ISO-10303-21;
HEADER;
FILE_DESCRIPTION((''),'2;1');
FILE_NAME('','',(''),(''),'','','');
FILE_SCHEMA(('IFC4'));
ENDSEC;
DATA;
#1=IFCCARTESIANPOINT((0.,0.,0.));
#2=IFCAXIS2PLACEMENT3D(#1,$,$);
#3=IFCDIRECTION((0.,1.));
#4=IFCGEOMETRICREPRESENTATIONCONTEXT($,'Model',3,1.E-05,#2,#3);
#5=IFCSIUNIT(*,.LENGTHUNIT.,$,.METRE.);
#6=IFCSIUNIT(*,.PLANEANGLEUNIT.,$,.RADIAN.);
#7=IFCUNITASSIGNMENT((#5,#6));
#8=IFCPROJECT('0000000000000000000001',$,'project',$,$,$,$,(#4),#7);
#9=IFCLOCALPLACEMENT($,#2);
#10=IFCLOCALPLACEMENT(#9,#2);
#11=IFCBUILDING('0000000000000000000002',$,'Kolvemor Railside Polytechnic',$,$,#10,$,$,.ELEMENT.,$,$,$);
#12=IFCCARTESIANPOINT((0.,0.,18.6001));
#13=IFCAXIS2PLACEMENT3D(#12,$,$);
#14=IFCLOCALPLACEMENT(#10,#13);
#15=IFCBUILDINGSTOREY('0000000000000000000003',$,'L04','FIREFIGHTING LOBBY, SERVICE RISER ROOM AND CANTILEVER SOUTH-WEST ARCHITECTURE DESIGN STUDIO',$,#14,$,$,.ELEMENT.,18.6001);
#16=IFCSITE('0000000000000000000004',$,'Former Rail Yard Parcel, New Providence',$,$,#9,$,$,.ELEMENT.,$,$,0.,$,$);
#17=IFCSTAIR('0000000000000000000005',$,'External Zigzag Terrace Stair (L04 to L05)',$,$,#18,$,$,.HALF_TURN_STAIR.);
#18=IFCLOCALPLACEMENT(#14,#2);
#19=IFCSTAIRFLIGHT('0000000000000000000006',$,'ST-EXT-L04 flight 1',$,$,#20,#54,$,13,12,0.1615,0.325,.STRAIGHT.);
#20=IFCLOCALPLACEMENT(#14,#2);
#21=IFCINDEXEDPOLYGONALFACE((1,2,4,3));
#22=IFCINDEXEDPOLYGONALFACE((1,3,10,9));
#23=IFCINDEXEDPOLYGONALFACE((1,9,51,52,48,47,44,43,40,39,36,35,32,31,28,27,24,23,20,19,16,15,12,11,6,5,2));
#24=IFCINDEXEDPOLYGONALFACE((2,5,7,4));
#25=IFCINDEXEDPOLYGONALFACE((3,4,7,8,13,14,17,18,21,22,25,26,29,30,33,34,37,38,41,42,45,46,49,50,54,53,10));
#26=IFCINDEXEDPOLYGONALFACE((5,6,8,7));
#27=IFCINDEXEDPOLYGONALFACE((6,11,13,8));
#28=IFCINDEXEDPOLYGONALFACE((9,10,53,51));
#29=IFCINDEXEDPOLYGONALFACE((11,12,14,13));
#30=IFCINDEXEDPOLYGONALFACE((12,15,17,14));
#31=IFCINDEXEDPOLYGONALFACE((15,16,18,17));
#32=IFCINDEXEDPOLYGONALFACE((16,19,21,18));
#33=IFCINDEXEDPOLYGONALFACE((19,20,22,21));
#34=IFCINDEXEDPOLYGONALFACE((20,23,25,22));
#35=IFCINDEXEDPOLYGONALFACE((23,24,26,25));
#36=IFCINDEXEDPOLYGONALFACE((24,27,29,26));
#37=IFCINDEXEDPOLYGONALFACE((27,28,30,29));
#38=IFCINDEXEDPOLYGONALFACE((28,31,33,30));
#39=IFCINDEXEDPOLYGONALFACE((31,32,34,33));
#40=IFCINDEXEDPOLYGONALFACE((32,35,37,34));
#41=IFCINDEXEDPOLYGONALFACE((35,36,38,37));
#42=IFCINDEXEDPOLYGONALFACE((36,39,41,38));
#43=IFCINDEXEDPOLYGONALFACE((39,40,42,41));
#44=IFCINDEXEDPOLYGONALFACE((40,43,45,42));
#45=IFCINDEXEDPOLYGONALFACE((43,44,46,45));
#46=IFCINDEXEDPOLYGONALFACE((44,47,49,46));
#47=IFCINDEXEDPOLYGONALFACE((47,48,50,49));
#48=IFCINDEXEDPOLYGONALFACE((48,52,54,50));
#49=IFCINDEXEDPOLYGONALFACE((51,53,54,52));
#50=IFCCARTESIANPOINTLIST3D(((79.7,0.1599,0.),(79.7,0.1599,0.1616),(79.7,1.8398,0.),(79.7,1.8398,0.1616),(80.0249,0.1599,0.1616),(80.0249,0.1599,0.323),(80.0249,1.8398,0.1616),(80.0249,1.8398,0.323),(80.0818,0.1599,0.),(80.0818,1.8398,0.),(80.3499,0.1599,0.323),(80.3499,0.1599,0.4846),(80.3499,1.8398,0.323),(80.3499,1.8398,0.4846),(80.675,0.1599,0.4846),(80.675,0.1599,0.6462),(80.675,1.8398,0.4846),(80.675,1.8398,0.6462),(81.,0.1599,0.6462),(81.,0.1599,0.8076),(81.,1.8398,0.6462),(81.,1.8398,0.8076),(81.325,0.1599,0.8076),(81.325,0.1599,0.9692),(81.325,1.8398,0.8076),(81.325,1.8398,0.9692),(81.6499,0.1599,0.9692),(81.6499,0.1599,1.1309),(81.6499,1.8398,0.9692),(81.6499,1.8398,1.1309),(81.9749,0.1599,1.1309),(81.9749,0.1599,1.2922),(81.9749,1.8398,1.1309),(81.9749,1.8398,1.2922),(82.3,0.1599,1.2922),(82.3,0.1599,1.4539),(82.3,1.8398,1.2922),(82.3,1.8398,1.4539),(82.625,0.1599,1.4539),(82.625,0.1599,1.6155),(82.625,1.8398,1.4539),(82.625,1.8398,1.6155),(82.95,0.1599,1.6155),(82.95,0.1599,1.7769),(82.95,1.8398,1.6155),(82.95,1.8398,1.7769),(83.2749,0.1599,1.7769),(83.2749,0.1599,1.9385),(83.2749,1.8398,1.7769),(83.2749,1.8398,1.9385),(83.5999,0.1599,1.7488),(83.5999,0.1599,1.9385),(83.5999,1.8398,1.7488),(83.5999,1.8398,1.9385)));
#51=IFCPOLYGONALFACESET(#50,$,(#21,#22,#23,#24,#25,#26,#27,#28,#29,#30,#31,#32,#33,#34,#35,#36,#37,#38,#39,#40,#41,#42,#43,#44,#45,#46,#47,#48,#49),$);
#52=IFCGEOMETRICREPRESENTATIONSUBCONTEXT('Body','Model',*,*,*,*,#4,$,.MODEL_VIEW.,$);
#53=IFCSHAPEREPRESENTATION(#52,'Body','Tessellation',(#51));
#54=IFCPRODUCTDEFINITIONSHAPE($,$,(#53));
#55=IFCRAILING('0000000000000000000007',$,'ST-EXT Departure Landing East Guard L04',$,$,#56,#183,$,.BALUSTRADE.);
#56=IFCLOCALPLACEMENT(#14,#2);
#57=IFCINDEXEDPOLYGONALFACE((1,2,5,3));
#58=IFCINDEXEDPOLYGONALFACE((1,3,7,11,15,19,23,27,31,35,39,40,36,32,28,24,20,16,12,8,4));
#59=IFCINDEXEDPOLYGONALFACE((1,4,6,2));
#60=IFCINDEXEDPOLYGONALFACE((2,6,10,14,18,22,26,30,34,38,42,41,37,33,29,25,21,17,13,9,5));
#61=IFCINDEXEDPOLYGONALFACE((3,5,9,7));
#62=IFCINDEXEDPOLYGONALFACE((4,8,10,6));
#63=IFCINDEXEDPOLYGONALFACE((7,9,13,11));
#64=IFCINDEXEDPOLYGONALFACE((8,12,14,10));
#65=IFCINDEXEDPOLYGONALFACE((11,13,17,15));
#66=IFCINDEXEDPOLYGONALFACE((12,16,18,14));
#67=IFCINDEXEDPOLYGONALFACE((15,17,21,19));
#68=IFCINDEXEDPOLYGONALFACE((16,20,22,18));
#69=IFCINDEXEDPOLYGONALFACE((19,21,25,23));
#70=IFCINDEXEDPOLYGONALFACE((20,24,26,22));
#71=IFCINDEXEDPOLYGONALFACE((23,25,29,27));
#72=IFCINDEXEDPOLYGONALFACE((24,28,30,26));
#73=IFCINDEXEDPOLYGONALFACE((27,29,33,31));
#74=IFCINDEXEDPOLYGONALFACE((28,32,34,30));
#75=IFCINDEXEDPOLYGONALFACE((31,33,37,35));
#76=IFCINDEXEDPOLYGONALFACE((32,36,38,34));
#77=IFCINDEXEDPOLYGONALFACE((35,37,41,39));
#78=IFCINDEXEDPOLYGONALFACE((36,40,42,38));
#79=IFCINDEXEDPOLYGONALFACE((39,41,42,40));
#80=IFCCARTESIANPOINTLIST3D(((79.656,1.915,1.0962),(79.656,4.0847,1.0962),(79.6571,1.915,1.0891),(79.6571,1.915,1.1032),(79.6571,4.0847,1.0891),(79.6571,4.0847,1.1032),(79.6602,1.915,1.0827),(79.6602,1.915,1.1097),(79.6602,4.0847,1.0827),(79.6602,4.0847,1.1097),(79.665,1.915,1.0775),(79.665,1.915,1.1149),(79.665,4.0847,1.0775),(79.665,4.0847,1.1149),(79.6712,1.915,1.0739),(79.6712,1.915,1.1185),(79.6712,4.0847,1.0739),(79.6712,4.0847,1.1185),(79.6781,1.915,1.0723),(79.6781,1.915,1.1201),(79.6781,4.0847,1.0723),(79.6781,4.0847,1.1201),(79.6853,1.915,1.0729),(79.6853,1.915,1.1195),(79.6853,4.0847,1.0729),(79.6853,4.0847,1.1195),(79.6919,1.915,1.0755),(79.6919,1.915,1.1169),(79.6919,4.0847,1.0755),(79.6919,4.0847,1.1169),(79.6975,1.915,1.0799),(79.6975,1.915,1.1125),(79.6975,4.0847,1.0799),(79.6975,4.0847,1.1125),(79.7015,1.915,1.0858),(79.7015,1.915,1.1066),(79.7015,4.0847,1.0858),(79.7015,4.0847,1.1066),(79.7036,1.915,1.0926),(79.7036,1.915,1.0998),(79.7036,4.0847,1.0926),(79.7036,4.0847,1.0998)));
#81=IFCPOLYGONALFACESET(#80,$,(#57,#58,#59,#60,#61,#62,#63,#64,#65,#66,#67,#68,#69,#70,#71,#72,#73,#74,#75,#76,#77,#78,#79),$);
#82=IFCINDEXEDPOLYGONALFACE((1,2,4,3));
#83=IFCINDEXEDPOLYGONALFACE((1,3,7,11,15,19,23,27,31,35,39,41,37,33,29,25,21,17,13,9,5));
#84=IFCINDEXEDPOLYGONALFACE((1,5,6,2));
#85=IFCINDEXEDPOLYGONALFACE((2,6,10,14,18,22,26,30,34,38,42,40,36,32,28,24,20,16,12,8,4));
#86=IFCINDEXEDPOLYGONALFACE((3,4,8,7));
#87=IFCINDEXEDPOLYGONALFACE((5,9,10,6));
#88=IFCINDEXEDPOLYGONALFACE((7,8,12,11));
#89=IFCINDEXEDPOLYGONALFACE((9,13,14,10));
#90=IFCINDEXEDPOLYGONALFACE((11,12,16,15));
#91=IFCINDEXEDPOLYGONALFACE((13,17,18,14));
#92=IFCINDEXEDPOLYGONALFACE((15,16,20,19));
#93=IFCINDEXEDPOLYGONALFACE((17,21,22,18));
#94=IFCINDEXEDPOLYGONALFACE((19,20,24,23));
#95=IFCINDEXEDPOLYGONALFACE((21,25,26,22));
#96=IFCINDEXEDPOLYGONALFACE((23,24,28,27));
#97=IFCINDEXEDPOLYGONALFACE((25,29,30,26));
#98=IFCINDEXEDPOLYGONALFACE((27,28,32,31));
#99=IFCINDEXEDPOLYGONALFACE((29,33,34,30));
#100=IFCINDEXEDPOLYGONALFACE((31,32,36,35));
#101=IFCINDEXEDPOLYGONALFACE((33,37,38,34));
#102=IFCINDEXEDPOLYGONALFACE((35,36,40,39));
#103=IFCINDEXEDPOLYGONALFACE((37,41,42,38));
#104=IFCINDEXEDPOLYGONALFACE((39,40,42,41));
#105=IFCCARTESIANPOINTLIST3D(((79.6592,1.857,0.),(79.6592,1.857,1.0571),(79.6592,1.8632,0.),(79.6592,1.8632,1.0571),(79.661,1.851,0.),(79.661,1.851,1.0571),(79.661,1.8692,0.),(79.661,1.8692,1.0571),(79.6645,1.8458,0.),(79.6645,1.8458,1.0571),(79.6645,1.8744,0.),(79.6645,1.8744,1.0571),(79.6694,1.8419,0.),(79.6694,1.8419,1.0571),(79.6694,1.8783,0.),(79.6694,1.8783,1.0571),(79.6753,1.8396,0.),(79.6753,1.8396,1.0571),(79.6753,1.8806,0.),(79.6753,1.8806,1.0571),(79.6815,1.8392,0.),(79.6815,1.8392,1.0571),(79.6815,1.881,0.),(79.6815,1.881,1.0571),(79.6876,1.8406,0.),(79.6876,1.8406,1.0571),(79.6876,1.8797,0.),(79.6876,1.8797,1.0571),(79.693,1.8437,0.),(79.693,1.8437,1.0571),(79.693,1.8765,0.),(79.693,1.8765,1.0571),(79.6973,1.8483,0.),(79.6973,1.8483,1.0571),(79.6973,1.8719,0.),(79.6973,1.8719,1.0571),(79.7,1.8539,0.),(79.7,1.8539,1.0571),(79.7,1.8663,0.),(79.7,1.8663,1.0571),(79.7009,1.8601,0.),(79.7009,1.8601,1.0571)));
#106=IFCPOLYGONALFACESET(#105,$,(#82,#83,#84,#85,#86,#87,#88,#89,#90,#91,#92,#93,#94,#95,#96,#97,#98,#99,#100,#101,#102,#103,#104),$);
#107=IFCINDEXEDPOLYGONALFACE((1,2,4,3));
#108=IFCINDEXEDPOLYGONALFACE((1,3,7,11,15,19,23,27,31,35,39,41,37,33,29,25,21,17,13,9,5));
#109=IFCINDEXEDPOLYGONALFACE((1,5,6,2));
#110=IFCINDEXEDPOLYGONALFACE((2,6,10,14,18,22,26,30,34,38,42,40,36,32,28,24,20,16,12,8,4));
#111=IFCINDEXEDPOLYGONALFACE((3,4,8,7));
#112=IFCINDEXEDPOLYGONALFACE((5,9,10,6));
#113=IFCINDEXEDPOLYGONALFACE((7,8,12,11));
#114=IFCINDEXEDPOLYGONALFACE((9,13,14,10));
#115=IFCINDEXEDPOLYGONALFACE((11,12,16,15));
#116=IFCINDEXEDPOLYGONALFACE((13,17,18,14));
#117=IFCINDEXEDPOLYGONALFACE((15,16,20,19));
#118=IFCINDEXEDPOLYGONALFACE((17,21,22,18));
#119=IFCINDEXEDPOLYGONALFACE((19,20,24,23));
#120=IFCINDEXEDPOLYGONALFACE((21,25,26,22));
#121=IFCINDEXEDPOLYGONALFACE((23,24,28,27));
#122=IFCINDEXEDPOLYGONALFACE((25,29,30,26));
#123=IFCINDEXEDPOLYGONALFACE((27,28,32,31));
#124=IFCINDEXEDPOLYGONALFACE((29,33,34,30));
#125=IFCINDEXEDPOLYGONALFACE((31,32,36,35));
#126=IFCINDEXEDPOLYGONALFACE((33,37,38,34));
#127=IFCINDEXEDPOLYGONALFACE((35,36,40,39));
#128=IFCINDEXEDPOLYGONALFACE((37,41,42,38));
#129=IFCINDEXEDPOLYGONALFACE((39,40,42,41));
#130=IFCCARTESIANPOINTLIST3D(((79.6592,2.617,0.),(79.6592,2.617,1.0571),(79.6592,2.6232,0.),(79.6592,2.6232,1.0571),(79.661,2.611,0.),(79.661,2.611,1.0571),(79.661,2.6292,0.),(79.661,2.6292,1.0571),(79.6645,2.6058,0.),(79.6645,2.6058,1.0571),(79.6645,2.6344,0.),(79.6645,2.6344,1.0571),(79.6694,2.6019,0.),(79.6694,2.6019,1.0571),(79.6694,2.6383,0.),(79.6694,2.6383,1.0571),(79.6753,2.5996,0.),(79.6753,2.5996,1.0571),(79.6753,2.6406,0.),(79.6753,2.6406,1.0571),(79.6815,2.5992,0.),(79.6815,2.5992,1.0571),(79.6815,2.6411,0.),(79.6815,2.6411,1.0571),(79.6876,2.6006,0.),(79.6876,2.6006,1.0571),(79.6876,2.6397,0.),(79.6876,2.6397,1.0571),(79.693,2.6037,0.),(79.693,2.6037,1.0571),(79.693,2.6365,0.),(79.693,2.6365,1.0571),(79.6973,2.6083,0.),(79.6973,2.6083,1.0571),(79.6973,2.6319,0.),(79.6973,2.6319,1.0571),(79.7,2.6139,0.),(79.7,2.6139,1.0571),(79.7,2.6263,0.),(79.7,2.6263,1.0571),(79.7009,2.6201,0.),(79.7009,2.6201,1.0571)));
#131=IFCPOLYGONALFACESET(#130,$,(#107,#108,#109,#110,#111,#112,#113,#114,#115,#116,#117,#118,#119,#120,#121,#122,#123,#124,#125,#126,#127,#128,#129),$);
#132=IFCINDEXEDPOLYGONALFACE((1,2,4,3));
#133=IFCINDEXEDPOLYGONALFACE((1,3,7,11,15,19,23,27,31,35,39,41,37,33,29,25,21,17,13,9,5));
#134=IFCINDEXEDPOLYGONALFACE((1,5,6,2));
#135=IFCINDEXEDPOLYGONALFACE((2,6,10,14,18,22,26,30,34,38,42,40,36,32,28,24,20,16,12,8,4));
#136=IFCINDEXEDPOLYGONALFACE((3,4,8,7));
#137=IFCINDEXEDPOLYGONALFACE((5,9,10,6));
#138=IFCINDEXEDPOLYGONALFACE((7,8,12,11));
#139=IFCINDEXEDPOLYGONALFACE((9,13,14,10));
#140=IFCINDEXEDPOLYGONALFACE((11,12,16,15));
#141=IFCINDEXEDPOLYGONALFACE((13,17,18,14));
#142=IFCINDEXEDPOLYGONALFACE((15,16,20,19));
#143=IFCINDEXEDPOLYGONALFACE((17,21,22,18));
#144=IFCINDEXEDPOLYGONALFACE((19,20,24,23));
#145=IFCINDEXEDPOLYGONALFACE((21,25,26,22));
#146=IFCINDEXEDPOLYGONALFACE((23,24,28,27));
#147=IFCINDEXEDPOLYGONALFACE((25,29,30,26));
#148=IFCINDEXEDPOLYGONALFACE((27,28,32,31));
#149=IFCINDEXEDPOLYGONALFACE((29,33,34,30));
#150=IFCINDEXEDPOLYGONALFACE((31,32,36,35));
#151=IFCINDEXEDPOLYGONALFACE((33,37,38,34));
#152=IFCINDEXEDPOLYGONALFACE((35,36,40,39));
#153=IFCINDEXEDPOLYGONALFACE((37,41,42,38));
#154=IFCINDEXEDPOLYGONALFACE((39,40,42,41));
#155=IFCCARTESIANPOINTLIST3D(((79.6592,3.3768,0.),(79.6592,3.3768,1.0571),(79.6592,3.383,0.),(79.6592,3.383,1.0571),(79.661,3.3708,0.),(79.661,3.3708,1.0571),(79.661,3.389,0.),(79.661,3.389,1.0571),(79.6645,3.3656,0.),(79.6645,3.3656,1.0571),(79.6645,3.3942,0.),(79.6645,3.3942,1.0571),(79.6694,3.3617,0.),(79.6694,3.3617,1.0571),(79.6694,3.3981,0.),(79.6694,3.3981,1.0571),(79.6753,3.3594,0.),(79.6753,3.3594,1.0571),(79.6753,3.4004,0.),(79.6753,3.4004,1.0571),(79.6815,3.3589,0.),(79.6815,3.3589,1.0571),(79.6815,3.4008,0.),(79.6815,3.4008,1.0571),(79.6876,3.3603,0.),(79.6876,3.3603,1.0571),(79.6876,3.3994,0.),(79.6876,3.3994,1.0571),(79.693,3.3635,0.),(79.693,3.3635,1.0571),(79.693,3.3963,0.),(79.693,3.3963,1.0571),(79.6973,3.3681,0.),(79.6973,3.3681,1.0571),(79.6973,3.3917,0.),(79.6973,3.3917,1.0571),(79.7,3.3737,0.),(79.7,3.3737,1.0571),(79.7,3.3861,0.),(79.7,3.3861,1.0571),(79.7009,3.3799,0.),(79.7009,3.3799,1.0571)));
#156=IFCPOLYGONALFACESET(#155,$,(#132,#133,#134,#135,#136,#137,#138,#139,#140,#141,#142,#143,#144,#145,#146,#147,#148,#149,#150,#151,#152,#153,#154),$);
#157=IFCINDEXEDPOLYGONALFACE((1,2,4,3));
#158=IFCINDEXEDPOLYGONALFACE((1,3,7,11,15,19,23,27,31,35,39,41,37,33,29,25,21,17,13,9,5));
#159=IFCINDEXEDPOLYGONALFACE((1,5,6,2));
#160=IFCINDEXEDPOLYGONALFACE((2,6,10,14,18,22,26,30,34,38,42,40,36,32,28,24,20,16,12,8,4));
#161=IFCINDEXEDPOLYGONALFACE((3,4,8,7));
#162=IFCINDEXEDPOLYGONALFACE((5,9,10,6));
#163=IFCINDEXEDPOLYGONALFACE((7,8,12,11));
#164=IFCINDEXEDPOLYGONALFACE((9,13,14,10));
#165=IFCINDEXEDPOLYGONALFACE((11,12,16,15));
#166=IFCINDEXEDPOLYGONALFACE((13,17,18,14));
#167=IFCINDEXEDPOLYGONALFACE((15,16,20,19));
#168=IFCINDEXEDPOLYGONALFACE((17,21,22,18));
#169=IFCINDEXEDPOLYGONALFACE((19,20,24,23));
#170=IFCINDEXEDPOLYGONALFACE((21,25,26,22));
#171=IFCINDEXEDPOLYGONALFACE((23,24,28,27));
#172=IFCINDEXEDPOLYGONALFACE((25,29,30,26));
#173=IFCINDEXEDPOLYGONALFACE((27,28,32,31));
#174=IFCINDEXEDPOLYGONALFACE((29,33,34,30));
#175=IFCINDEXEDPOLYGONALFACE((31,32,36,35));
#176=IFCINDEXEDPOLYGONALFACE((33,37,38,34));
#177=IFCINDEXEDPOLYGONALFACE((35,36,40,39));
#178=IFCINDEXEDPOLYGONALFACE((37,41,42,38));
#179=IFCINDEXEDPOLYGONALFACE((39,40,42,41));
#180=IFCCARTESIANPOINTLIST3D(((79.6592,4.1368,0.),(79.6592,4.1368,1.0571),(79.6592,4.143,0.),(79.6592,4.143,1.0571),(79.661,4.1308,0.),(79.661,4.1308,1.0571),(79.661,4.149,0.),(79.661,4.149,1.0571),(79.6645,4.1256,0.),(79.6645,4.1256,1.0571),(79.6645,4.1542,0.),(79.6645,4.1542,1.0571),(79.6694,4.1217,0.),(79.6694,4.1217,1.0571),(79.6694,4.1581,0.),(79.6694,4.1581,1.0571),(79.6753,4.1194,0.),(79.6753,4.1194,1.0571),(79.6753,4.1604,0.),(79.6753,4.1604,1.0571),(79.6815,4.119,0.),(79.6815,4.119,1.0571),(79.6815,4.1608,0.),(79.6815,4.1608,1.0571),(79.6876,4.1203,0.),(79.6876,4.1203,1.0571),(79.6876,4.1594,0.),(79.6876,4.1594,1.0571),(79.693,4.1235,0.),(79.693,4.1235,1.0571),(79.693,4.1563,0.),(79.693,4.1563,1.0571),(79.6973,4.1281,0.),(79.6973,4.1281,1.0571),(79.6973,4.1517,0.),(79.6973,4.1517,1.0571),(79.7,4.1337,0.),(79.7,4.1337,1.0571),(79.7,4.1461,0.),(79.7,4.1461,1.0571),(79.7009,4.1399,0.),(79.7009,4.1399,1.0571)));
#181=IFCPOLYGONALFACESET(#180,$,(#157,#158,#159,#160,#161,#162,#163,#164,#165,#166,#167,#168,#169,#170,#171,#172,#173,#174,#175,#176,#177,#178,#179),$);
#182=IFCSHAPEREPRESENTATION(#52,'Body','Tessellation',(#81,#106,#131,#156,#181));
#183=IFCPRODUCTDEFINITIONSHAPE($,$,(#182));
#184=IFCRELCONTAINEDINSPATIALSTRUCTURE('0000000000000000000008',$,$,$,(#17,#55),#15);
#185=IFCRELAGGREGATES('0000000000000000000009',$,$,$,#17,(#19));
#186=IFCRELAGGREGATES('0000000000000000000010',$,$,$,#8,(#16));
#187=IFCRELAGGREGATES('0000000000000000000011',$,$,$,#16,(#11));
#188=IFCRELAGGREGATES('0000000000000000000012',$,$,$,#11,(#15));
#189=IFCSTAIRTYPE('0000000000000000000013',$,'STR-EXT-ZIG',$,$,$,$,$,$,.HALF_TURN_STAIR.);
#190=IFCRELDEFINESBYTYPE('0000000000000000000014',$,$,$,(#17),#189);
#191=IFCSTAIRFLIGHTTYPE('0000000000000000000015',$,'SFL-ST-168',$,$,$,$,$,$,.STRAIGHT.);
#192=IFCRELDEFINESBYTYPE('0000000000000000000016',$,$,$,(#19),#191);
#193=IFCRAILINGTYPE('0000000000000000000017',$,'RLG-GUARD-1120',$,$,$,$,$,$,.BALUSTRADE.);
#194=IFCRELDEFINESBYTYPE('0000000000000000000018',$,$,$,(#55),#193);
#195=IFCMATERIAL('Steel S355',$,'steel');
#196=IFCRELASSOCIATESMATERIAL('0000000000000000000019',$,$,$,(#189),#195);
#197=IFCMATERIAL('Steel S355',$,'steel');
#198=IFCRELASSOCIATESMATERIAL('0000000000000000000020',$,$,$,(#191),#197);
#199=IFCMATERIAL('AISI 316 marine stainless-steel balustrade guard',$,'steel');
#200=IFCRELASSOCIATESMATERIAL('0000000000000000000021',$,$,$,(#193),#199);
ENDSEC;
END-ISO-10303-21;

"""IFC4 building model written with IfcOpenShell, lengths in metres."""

from ifc_helpers import new_model, si_unit, direction, frame, origin, origin_2d, place, context, subcontext, project, spatial, polyline, circle, outline, extrude, material, type_object, element, aggregate, save


model = new_model("IFC4")

# Units and contexts
model_context = context("Model", 3, precision=1e-05, world=origin(), true_north=direction((0.0, 1.0)))
body_context = subcontext(model_context, "Body", "Model", "MODEL_VIEW")
ifc_project = project(units=[si_unit("LENGTHUNIT", "METRE"), si_unit("PLANEANGLEUNIT", "RADIAN")], contexts=[model_context])

# Site, building, storey
site_placement = place(None, origin())
site = spatial("IfcSite", under=ifc_project, at=site_placement, Name="Former Rail Yard Parcel, New Providence", CompositionType="ELEMENT", RefElevation=0.0)
building_placement = place(site_placement, origin())
building = spatial("IfcBuilding", under=site, at=building_placement, Name="Kolvemor Railside Polytechnic", CompositionType="ELEMENT")
storey_placement = place(building_placement, frame((0.0, 0.0, 18.6001)))
storey = spatial("IfcBuildingStorey", under=building, at=storey_placement, Name="L04", Description="FIREFIGHTING LOBBY, SERVICE RISER ROOM AND CANTILEVER SOUTH-WEST ARCHITECTURE DESIGN STUDIO", CompositionType="ELEMENT", Elevation=18.6001)

# Stair, stair flight
ifc_material_1 = material(Name="Steel S355", Category="steel")
stair_type = type_object("IfcStairType", Name="STR-EXT-ZIG", PredefinedType="HALF_TURN_STAIR", material=ifc_material_1)
stair_placement = place(storey_placement, origin())
stair = element("IfcStair", 1, at=stair_placement, inside=storey, type_object=stair_type, Name="External Zigzag Terrace Stair (L04 to L05)", PredefinedType="HALF_TURN_STAIR")
ifc_material_2 = material(Name="Steel S355", Category="steel")
stair_flight_type = type_object("IfcStairFlightType", Name="SFL-ST-168", PredefinedType="STRAIGHT", material=ifc_material_2)
stair_flight_placement = place(storey_placement, frame((79.7, 1.0, 0.0), z_axis=(0.0, 0.0, 1.0), x_axis=(1.0, 0.0, 0.0)))
stair_flight = element("IfcStairFlight", 2, at=stair_flight_placement, type_object=stair_flight_type, Name="ST-EXT-L04 flight 1", NumberOfRisers=13, NumberOfTreads=12, PredefinedType="STRAIGHT", RiserHeight=0.1615, TreadLength=0.325, context=body_context, shape_type="SweptSolid", body=[
    extrude(outline(polyline([(0.0, 0.0), (0.0, 0.1616), (0.325, 0.1616), (0.325, 0.323), (0.6499, 0.323), (0.6499, 0.4846), (0.9751, 0.4846), (0.9751, 0.6462), (1.3, 0.6462), (1.3, 0.8076), (1.625, 0.8076), (1.625, 0.9692), (1.95, 0.9692), (1.95, 1.1309), (2.2749, 1.1309), (2.2749, 1.2922), (2.6001, 1.2922), (2.6001, 1.4539), (2.925, 1.4539), (2.925, 1.6155), (3.25, 1.6155), (3.25, 1.7769), (3.575, 1.7769), (3.575, 1.9385), (3.8999, 1.9385), (3.8999, 2.1001), (3.8999, 1.7488), (0.3818, 0.0), (0.0, 0.0)])), frame((0.0, 0.8398, 0.0), z_axis=(0.0, -1.0, 0.0), x_axis=(1.0, 0.0, 0.0)), (0.0, 0.0, 1.0), 1.6799),
])
aggregate(stair, [stair_flight])

# Railing
ifc_material_3 = material(Name="AISI 316 marine stainless-steel balustrade guard", Category="steel")
railing_type_1 = type_object("IfcRailingType", Name="RLG-GUARD-1120", PredefinedType="BALUSTRADE", material=ifc_material_3)
railing_1_placement = place(storey_placement, frame((79.6799, 1.8601, 0.0)))
element("IfcRailing", 3, at=railing_1_placement, inside=storey, type_object=railing_type_1, Name="ST-EXT Departure Landing East Guard L04", PredefinedType="BALUSTRADE", context=body_context, shape_type="SweptSolid", body=[
    extrude(circle(Radius=0.0239, at=origin_2d()), frame((0.0, 0.0549, 1.0962), z_axis=(0.0, 1.0, 0.0), x_axis=(-1.0, 0.0, 0.0)), (0.0, 0.0, 1.0), 2.1697),
    extrude(circle(Radius=0.021, at=origin_2d()), origin(), (0.0, 0.0, 1.0), 1.0571),
    extrude(circle(Radius=0.021, at=origin_2d()), frame((0.0, 0.76, 0.0)), (0.0, 0.0, 1.0), 1.0571),
    extrude(circle(Radius=0.021, at=origin_2d()), frame((0.0, 1.5198, 0.0)), (0.0, 0.0, 1.0), 1.0571),
    extrude(circle(Radius=0.021, at=origin_2d()), frame((0.0, 2.2798, 0.0)), (0.0, 0.0, 1.0), 1.0571),
])

save(model, "model.ifc")
